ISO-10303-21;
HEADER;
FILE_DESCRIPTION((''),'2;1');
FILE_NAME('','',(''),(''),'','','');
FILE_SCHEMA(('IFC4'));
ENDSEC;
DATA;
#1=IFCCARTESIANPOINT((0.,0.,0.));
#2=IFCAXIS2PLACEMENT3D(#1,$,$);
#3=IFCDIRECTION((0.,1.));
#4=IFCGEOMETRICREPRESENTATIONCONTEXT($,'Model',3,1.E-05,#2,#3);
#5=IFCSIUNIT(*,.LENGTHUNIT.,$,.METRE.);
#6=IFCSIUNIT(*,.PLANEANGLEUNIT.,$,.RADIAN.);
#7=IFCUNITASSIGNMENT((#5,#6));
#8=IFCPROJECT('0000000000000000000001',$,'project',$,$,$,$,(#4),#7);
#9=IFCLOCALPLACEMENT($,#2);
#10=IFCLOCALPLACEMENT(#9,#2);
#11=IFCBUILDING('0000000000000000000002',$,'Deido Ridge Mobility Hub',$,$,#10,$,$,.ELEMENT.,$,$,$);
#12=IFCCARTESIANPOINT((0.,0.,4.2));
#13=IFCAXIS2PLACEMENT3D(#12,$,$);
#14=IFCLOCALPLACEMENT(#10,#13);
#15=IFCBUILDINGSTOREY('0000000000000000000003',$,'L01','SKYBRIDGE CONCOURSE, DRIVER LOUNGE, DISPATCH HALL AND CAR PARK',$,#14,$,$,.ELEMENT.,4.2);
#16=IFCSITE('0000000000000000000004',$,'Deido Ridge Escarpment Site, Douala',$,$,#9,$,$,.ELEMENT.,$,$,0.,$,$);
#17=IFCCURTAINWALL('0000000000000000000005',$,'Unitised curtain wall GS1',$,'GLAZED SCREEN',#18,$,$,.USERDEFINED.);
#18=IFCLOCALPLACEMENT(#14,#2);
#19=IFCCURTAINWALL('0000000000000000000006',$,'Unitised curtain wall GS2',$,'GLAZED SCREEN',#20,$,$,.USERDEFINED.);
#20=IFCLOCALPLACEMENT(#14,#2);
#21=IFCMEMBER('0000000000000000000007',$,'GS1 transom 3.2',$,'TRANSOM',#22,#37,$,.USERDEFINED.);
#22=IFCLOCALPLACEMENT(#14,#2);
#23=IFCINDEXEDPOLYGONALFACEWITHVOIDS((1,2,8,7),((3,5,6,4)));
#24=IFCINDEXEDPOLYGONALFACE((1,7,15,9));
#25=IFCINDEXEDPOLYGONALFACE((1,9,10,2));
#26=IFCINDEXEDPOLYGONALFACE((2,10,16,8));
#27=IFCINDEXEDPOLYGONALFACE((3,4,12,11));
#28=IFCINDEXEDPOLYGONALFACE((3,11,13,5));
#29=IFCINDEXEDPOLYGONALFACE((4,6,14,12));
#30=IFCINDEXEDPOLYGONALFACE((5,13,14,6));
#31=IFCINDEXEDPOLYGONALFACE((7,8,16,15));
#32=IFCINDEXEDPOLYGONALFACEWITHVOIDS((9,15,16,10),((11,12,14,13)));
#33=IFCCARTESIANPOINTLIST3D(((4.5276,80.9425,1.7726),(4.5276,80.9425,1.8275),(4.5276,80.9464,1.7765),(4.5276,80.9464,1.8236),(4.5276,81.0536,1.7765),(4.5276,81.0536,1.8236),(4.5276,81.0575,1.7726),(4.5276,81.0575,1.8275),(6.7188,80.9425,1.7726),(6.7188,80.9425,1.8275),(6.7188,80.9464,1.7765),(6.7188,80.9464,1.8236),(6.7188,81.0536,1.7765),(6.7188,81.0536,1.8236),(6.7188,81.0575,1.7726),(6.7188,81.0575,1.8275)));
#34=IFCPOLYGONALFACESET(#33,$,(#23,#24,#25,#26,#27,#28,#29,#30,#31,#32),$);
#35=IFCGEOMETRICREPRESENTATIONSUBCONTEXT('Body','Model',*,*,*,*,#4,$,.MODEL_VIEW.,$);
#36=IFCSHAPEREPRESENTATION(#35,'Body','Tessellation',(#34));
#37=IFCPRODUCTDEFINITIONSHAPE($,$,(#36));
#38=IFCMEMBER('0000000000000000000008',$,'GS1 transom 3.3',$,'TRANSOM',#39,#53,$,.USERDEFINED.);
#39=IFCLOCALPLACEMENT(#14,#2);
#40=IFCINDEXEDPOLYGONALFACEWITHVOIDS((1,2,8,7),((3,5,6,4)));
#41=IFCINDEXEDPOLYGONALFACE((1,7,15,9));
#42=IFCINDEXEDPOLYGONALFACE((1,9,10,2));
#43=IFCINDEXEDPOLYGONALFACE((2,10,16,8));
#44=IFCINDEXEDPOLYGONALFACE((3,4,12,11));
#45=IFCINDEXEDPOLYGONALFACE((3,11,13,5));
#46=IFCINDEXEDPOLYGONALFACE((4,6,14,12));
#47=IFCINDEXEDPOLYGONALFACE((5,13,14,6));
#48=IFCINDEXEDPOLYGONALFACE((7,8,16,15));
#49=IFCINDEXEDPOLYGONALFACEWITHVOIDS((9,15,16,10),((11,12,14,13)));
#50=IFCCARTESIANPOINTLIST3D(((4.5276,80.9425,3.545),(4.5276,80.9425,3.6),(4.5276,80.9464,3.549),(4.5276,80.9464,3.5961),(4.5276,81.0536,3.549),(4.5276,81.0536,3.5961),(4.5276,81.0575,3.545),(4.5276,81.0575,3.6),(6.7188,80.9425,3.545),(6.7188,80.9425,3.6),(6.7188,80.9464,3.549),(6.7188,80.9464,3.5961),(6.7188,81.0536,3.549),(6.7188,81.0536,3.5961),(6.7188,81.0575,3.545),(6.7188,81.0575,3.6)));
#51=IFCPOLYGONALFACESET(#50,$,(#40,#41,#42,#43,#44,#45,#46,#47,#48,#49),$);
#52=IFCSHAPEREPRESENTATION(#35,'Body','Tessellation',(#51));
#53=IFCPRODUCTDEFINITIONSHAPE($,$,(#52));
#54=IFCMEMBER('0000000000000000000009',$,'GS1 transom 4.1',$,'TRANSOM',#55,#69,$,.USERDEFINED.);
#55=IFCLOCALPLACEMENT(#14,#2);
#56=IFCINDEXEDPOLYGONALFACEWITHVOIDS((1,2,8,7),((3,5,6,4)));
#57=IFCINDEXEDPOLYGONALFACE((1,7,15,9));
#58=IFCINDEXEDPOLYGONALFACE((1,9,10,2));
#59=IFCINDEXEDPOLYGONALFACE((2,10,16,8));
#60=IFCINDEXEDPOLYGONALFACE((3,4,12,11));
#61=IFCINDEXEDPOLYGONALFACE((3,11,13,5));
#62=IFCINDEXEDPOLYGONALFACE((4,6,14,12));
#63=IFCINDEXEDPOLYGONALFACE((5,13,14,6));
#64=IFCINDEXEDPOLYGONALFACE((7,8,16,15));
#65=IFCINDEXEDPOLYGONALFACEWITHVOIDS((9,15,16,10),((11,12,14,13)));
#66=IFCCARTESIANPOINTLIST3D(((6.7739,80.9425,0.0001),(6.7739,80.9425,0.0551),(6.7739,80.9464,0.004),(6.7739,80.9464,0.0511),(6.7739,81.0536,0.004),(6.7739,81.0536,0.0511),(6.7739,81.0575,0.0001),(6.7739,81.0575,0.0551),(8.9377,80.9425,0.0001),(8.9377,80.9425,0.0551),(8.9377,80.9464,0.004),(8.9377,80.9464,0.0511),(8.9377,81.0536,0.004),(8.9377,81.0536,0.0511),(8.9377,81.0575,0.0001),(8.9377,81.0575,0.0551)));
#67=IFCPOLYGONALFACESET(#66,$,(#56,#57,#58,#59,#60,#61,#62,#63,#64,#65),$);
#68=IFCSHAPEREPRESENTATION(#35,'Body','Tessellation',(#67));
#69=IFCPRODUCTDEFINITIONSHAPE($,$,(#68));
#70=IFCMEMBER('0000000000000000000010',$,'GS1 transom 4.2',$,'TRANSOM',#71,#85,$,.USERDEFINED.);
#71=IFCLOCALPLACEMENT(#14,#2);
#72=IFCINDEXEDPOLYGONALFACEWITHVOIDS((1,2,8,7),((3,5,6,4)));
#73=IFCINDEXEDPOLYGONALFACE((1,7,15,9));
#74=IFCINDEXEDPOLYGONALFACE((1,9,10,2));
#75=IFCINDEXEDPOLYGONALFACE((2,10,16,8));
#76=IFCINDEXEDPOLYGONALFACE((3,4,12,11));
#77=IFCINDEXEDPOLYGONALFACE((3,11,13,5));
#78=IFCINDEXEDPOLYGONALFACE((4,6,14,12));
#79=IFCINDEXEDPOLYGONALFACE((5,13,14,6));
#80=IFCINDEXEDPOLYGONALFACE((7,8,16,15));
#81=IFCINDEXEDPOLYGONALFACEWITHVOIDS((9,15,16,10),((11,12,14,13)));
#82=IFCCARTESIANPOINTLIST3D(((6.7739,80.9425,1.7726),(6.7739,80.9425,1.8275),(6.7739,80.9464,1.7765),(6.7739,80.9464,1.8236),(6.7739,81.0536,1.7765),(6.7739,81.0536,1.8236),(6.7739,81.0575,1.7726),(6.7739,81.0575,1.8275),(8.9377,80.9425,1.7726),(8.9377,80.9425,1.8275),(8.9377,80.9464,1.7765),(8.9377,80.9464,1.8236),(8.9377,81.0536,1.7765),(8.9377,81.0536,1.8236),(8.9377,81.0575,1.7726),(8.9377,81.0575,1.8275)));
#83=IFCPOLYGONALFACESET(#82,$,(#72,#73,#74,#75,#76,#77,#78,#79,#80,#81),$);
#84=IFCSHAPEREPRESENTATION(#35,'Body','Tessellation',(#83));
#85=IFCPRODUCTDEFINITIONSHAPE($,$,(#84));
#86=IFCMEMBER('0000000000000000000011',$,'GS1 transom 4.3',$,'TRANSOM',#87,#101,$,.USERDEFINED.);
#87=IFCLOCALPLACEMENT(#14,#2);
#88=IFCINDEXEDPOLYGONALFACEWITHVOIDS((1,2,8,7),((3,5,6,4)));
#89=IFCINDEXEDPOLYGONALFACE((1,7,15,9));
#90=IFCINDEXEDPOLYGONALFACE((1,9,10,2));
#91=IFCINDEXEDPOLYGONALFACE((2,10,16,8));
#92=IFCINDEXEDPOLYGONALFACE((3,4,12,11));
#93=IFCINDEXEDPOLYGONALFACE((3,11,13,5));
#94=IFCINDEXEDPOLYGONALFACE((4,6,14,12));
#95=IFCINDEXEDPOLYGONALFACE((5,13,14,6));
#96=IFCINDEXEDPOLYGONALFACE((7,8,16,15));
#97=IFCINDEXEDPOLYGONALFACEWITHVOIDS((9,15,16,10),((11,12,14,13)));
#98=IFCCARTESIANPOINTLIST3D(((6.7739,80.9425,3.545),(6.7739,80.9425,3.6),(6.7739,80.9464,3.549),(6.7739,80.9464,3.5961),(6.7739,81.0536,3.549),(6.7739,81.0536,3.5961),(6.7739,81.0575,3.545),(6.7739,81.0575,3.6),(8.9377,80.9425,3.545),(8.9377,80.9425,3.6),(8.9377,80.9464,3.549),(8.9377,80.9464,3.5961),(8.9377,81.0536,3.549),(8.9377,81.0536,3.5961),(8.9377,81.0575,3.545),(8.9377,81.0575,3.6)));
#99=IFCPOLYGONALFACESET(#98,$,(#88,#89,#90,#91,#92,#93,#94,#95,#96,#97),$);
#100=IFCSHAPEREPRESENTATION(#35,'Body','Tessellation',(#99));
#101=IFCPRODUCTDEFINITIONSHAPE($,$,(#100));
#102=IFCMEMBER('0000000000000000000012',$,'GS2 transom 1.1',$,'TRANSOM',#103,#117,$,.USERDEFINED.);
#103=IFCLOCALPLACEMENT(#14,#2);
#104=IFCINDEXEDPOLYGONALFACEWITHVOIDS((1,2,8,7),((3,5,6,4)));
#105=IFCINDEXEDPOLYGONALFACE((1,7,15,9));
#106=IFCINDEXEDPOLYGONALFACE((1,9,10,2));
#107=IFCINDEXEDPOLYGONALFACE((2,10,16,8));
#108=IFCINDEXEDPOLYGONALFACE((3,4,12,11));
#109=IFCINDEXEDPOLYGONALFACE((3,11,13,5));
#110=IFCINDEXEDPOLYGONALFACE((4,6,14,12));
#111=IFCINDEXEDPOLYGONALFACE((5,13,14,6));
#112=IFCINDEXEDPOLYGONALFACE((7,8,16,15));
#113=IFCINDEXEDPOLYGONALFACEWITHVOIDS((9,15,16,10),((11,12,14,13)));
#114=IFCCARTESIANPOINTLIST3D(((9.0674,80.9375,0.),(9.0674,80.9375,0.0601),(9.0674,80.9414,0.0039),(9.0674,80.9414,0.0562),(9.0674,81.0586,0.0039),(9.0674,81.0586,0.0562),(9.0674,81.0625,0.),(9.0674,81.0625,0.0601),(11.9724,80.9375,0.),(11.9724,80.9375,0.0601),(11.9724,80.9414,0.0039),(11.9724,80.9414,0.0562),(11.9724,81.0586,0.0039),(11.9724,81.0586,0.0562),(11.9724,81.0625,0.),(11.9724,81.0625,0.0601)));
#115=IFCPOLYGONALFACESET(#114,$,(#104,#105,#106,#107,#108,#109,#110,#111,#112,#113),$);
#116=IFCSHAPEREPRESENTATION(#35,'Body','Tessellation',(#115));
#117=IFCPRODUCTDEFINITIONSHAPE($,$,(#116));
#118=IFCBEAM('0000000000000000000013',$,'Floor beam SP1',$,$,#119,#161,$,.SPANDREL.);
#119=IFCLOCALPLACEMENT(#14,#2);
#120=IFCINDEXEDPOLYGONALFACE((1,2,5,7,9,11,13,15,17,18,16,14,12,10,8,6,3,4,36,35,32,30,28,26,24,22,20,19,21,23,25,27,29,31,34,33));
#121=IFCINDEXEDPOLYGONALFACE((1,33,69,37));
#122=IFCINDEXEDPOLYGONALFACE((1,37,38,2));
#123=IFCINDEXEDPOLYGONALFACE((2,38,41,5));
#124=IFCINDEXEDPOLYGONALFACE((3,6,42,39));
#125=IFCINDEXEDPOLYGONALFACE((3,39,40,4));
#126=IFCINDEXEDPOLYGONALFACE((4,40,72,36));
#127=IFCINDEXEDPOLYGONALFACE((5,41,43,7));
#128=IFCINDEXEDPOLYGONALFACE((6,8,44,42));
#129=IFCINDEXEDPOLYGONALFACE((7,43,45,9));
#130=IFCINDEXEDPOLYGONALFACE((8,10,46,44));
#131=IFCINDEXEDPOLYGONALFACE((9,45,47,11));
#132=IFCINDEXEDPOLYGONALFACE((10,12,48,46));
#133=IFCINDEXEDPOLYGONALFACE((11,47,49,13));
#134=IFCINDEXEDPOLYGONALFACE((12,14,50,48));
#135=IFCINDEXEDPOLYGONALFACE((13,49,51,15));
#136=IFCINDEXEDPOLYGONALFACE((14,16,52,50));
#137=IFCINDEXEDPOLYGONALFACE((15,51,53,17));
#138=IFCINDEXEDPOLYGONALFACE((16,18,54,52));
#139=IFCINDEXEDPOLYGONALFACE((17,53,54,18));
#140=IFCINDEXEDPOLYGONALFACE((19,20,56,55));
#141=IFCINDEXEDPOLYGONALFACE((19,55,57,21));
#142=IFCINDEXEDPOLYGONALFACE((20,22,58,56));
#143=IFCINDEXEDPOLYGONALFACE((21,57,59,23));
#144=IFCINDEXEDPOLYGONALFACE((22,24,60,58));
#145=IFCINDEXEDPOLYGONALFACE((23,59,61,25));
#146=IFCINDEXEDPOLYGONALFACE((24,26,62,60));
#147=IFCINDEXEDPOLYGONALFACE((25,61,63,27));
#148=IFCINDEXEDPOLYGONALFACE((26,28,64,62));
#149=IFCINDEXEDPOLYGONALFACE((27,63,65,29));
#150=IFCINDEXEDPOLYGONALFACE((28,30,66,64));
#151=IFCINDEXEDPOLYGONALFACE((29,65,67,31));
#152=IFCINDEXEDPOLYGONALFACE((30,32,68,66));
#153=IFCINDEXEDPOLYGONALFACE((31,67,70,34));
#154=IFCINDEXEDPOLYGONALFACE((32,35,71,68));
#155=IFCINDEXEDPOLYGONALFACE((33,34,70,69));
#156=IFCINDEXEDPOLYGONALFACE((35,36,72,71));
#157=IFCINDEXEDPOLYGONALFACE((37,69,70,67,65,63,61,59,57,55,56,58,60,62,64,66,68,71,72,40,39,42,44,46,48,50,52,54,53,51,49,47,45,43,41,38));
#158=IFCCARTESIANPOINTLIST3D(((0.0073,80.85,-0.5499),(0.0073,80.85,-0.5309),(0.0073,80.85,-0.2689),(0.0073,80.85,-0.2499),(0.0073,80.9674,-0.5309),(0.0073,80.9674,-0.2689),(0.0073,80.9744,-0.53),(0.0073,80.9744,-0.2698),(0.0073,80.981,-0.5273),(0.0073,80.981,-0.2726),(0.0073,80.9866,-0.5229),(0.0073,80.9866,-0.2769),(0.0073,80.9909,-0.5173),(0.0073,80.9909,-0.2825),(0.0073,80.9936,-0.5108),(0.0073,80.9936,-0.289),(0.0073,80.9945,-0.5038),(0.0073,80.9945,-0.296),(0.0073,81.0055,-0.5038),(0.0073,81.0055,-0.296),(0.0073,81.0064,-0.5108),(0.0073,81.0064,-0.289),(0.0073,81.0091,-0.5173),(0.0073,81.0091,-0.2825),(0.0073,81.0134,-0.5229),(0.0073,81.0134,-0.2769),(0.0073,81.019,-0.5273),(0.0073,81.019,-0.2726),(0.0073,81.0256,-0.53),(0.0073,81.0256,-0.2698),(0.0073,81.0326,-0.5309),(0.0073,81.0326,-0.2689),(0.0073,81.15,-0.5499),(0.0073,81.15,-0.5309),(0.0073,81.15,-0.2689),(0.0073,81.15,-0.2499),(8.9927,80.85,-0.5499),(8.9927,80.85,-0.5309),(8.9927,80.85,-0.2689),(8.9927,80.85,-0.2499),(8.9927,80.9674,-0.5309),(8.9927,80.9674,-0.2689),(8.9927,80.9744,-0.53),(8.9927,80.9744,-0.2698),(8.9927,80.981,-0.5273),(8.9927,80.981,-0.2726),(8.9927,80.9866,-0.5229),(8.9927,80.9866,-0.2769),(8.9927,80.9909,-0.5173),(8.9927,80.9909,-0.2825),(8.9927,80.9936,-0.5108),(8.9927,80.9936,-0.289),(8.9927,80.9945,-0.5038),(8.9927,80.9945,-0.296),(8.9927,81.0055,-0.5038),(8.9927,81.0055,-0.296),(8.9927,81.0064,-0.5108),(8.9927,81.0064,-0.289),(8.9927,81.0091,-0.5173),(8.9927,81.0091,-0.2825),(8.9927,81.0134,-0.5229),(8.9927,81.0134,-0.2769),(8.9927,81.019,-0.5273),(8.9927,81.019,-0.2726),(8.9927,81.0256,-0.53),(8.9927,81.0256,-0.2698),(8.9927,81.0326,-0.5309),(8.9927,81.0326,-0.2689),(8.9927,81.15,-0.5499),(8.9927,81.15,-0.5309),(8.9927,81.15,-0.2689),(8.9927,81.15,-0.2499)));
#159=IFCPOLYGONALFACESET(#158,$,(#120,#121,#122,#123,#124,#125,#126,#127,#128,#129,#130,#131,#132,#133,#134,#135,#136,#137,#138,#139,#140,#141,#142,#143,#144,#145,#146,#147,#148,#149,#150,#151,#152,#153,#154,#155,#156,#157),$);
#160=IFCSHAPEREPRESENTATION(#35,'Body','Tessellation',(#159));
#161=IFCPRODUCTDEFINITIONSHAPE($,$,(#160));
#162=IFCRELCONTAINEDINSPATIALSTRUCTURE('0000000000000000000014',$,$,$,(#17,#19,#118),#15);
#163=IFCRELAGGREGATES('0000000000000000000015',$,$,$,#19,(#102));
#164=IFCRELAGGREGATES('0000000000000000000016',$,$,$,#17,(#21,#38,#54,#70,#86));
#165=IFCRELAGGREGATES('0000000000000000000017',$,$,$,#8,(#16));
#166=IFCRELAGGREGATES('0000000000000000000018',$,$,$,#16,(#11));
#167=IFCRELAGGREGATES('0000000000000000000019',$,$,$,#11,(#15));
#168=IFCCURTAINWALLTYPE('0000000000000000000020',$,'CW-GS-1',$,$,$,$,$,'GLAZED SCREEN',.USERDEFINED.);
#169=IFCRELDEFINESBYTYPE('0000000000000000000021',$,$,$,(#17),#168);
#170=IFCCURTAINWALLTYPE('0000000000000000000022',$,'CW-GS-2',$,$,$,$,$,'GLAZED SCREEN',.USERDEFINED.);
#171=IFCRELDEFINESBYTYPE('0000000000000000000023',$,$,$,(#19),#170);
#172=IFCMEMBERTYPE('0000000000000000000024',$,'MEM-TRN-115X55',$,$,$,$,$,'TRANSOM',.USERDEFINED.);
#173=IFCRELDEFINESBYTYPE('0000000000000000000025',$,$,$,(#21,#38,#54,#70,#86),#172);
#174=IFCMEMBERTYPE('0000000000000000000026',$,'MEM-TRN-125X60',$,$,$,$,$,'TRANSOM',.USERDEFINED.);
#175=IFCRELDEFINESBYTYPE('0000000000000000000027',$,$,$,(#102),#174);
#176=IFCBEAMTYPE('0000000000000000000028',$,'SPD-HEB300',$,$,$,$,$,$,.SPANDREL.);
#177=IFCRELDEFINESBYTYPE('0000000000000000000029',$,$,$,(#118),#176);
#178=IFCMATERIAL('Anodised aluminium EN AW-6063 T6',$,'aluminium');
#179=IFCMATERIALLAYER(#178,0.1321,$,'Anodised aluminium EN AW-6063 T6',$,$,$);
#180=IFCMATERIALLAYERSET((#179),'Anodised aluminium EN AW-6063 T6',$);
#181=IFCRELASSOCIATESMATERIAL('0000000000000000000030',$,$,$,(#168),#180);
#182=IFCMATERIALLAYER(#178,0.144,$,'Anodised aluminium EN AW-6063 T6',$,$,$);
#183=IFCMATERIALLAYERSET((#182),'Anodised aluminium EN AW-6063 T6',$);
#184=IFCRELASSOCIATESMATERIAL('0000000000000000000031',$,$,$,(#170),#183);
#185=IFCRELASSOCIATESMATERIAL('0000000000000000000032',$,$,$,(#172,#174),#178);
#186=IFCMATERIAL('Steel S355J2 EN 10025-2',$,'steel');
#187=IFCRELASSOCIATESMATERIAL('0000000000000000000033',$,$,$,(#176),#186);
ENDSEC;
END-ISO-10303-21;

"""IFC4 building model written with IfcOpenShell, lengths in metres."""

from ifc_helpers import new_model, si_unit, direction, frame, origin, origin_2d, place, context, subcontext, project, spatial, hollow_rectangle, i_section, extrude, material, layer, layer_set, material_profile, profile_set, type_object, element, aggregate, save


model = new_model("IFC4")

# Units and contexts
model_context = context("Model", 3, precision=1e-05, world=origin(), true_north=direction((0.0, 1.0)))
body_context = subcontext(model_context, "Body", "Model", "MODEL_VIEW")
ifc_project = project(units=[si_unit("LENGTHUNIT", "METRE"), si_unit("PLANEANGLEUNIT", "RADIAN")], contexts=[model_context])

# Site, building, storey
site_placement = place(None, origin())
site = spatial("IfcSite", under=ifc_project, at=site_placement, Name="Deido Ridge Escarpment Site, Douala", CompositionType="ELEMENT", RefElevation=0.0)
building_placement = place(site_placement, origin())
building = spatial("IfcBuilding", under=site, at=building_placement, Name="Deido Ridge Mobility Hub", CompositionType="ELEMENT")
storey_placement = place(building_placement, frame((0.0, 0.0, 4.2)))
storey = spatial("IfcBuildingStorey", under=building, at=storey_placement, Name="L01", Description="SKYBRIDGE CONCOURSE, DRIVER LOUNGE, DISPATCH HALL AND CAR PARK", CompositionType="ELEMENT", Elevation=4.2)

# Shared definitions
ifc_material_1 = material(Name="Steel S355J2 EN 10025-2", Category="steel")

# Curtain wall
ifc_material_2 = material(Name="Anodised aluminium EN AW-6063 T6", Category="aluminium")
ifc_layer_1 = layer(ifc_material_2, 0.1321, Name="Anodised aluminium EN AW-6063 T6")
ifc_layer_set_1 = layer_set([ifc_layer_1], Name="Anodised aluminium EN AW-6063 T6")
curtain_wall_type_1 = type_object("IfcCurtainWallType", Name="CW-GS-1", ElementType="GLAZED SCREEN", PredefinedType="USERDEFINED", material=ifc_layer_set_1)
curtain_wall_1_placement = place(storey_placement, origin())
curtain_wall_1 = element("IfcCurtainWall", 1, at=curtain_wall_1_placement, inside=storey, type_object=curtain_wall_type_1, Name="Unitised curtain wall GS1", ObjectType="GLAZED SCREEN", PredefinedType="USERDEFINED")

# Curtain wall
ifc_layer_2 = layer(ifc_material_2, 0.144, Name="Anodised aluminium EN AW-6063 T6")
ifc_layer_set_2 = layer_set([ifc_layer_2], Name="Anodised aluminium EN AW-6063 T6")
curtain_wall_type_2 = type_object("IfcCurtainWallType", Name="CW-GS-2", ElementType="GLAZED SCREEN", PredefinedType="USERDEFINED", material=ifc_layer_set_2)
curtain_wall_2_placement = place(storey_placement, origin())
curtain_wall_2 = element("IfcCurtainWall", 2, at=curtain_wall_2_placement, inside=storey, type_object=curtain_wall_type_2, Name="Unitised curtain wall GS2", ObjectType="GLAZED SCREEN", PredefinedType="USERDEFINED")

# Members
ifc_material_profile_1 = material_profile(ifc_material_2, hollow_rectangle(XDim=0.115, YDim=0.0549, WallThickness=0.0039, at=origin_2d()), Name="RHS 115x55x4")
ifc_profile_set_1 = profile_set([ifc_material_profile_1], Name="Anodised aluminium EN AW-6063 T6")
member_type_1 = type_object("IfcMemberType", Name="MEM-TRN-115X55", ElementType="TRANSOM", PredefinedType="USERDEFINED", material=ifc_profile_set_1)
member_1_placement = place(storey_placement, frame((4.5276, 81.0, 1.8), z_axis=(1.0, 0.0, 0.0), x_axis=(0.0, 1.0, 0.0)))
member_1 = element("IfcMember", 3, at=member_1_placement, type_object=member_type_1, Name="GS1 transom 3.2", ObjectType="TRANSOM", PredefinedType="USERDEFINED", context=body_context, shape_type="SweptSolid", body=[
    extrude(hollow_rectangle(XDim=0.115, YDim=0.0549, WallThickness=0.0039, at=origin_2d()), origin(), (0.0, 0.0, 1.0), 2.1912),
])
member_2_placement = place(storey_placement, frame((4.5276, 81.0, 3.5725), z_axis=(1.0, 0.0, 0.0), x_axis=(0.0, 1.0, 0.0)))
member_2 = element("IfcMember", 4, at=member_2_placement, type_object=member_type_1, Name="GS1 transom 3.3", ObjectType="TRANSOM", PredefinedType="USERDEFINED", context=body_context, shape_type="SweptSolid", body=[
    extrude(hollow_rectangle(XDim=0.115, YDim=0.0549, WallThickness=0.0039, at=origin_2d()), origin(), (0.0, 0.0, 1.0), 2.1912),
])
member_3_placement = place(storey_placement, frame((6.7739, 81.0, 0.0276), z_axis=(1.0, 0.0, 0.0), x_axis=(0.0, 1.0, 0.0)))
member_3 = element("IfcMember", 5, at=member_3_placement, type_object=member_type_1, Name="GS1 transom 4.1", ObjectType="TRANSOM", PredefinedType="USERDEFINED", context=body_context, shape_type="SweptSolid", body=[
    extrude(hollow_rectangle(XDim=0.115, YDim=0.0549, WallThickness=0.0039, at=origin_2d()), origin(), (0.0, 0.0, 1.0), 2.1638),
])
member_4_placement = place(storey_placement, frame((6.7739, 81.0, 1.8), z_axis=(1.0, 0.0, 0.0), x_axis=(0.0, 1.0, 0.0)))
member_4 = element("IfcMember", 6, at=member_4_placement, type_object=member_type_1, Name="GS1 transom 4.2", ObjectType="TRANSOM", PredefinedType="USERDEFINED", context=body_context, shape_type="SweptSolid", body=[
    extrude(hollow_rectangle(XDim=0.115, YDim=0.0549, WallThickness=0.0039, at=origin_2d()), origin(), (0.0, 0.0, 1.0), 2.1638),
])
member_5_placement = place(storey_placement, frame((6.7739, 81.0, 3.5725), z_axis=(1.0, 0.0, 0.0), x_axis=(0.0, 1.0, 0.0)))
member_5 = element("IfcMember", 7, at=member_5_placement, type_object=member_type_1, Name="GS1 transom 4.3", ObjectType="TRANSOM", PredefinedType="USERDEFINED", context=body_context, shape_type="SweptSolid", body=[
    extrude(hollow_rectangle(XDim=0.115, YDim=0.0549, WallThickness=0.0039, at=origin_2d()), origin(), (0.0, 0.0, 1.0), 2.1638),
])
ifc_material_profile_2 = material_profile(ifc_material_2, hollow_rectangle(XDim=0.125, YDim=0.0601, WallThickness=0.0039, at=origin_2d()), Name="RHS 125x60x4")
ifc_profile_set_2 = profile_set([ifc_material_profile_2], Name="Anodised aluminium EN AW-6063 T6")
member_type_2 = type_object("IfcMemberType", Name="MEM-TRN-125X60", ElementType="TRANSOM", PredefinedType="USERDEFINED", material=ifc_profile_set_2)
member_6_placement = place(storey_placement, frame((9.0674, 81.0, 0.03), z_axis=(1.0, 0.0, 0.0), x_axis=(0.0, 1.0, 0.0)))
member_6 = element("IfcMember", 8, at=member_6_placement, type_object=member_type_2, Name="GS2 transom 1.1", ObjectType="TRANSOM", PredefinedType="USERDEFINED", context=body_context, shape_type="SweptSolid", body=[
    extrude(hollow_rectangle(XDim=0.125, YDim=0.0601, WallThickness=0.0039, at=origin_2d()), origin(), (0.0, 0.0, 1.0), 2.905),
])
aggregate(curtain_wall_2, [member_6])

# Beam
ifc_material_profile_3 = material_profile(ifc_material_1, i_section(OverallWidth=0.3, OverallDepth=0.3, WebThickness=0.011, FlangeThickness=0.019, FilletRadius=0.0271, at=origin_2d()), Name="HEB 300")
ifc_profile_set_3 = profile_set([ifc_material_profile_3], Name="Steel S355J2 EN 10025-2")
beam_type = type_object("IfcBeamType", Name="SPD-HEB300", PredefinedType="SPANDREL", material=ifc_profile_set_3)
beam_1_placement = place(storey_placement, frame((0.0073, 81.0, -0.3999), z_axis=(1.0, 0.0, 0.0), x_axis=(0.0, 1.0, 0.0)))
element("IfcBeam", 9, at=beam_1_placement, inside=storey, type_object=beam_type, Name="Floor beam SP1", PredefinedType="SPANDREL", context=body_context, shape_type="SweptSolid", body=[
    extrude(i_section(OverallWidth=0.3, OverallDepth=0.3, WebThickness=0.011, FlangeThickness=0.019, FilletRadius=0.0271, at=origin_2d()), origin(), (0.0, 0.0, 1.0), 8.9854),
])

aggregate(curtain_wall_1, [member_1, member_2, member_3, member_4, member_5])

save(model, "model.ifc")
